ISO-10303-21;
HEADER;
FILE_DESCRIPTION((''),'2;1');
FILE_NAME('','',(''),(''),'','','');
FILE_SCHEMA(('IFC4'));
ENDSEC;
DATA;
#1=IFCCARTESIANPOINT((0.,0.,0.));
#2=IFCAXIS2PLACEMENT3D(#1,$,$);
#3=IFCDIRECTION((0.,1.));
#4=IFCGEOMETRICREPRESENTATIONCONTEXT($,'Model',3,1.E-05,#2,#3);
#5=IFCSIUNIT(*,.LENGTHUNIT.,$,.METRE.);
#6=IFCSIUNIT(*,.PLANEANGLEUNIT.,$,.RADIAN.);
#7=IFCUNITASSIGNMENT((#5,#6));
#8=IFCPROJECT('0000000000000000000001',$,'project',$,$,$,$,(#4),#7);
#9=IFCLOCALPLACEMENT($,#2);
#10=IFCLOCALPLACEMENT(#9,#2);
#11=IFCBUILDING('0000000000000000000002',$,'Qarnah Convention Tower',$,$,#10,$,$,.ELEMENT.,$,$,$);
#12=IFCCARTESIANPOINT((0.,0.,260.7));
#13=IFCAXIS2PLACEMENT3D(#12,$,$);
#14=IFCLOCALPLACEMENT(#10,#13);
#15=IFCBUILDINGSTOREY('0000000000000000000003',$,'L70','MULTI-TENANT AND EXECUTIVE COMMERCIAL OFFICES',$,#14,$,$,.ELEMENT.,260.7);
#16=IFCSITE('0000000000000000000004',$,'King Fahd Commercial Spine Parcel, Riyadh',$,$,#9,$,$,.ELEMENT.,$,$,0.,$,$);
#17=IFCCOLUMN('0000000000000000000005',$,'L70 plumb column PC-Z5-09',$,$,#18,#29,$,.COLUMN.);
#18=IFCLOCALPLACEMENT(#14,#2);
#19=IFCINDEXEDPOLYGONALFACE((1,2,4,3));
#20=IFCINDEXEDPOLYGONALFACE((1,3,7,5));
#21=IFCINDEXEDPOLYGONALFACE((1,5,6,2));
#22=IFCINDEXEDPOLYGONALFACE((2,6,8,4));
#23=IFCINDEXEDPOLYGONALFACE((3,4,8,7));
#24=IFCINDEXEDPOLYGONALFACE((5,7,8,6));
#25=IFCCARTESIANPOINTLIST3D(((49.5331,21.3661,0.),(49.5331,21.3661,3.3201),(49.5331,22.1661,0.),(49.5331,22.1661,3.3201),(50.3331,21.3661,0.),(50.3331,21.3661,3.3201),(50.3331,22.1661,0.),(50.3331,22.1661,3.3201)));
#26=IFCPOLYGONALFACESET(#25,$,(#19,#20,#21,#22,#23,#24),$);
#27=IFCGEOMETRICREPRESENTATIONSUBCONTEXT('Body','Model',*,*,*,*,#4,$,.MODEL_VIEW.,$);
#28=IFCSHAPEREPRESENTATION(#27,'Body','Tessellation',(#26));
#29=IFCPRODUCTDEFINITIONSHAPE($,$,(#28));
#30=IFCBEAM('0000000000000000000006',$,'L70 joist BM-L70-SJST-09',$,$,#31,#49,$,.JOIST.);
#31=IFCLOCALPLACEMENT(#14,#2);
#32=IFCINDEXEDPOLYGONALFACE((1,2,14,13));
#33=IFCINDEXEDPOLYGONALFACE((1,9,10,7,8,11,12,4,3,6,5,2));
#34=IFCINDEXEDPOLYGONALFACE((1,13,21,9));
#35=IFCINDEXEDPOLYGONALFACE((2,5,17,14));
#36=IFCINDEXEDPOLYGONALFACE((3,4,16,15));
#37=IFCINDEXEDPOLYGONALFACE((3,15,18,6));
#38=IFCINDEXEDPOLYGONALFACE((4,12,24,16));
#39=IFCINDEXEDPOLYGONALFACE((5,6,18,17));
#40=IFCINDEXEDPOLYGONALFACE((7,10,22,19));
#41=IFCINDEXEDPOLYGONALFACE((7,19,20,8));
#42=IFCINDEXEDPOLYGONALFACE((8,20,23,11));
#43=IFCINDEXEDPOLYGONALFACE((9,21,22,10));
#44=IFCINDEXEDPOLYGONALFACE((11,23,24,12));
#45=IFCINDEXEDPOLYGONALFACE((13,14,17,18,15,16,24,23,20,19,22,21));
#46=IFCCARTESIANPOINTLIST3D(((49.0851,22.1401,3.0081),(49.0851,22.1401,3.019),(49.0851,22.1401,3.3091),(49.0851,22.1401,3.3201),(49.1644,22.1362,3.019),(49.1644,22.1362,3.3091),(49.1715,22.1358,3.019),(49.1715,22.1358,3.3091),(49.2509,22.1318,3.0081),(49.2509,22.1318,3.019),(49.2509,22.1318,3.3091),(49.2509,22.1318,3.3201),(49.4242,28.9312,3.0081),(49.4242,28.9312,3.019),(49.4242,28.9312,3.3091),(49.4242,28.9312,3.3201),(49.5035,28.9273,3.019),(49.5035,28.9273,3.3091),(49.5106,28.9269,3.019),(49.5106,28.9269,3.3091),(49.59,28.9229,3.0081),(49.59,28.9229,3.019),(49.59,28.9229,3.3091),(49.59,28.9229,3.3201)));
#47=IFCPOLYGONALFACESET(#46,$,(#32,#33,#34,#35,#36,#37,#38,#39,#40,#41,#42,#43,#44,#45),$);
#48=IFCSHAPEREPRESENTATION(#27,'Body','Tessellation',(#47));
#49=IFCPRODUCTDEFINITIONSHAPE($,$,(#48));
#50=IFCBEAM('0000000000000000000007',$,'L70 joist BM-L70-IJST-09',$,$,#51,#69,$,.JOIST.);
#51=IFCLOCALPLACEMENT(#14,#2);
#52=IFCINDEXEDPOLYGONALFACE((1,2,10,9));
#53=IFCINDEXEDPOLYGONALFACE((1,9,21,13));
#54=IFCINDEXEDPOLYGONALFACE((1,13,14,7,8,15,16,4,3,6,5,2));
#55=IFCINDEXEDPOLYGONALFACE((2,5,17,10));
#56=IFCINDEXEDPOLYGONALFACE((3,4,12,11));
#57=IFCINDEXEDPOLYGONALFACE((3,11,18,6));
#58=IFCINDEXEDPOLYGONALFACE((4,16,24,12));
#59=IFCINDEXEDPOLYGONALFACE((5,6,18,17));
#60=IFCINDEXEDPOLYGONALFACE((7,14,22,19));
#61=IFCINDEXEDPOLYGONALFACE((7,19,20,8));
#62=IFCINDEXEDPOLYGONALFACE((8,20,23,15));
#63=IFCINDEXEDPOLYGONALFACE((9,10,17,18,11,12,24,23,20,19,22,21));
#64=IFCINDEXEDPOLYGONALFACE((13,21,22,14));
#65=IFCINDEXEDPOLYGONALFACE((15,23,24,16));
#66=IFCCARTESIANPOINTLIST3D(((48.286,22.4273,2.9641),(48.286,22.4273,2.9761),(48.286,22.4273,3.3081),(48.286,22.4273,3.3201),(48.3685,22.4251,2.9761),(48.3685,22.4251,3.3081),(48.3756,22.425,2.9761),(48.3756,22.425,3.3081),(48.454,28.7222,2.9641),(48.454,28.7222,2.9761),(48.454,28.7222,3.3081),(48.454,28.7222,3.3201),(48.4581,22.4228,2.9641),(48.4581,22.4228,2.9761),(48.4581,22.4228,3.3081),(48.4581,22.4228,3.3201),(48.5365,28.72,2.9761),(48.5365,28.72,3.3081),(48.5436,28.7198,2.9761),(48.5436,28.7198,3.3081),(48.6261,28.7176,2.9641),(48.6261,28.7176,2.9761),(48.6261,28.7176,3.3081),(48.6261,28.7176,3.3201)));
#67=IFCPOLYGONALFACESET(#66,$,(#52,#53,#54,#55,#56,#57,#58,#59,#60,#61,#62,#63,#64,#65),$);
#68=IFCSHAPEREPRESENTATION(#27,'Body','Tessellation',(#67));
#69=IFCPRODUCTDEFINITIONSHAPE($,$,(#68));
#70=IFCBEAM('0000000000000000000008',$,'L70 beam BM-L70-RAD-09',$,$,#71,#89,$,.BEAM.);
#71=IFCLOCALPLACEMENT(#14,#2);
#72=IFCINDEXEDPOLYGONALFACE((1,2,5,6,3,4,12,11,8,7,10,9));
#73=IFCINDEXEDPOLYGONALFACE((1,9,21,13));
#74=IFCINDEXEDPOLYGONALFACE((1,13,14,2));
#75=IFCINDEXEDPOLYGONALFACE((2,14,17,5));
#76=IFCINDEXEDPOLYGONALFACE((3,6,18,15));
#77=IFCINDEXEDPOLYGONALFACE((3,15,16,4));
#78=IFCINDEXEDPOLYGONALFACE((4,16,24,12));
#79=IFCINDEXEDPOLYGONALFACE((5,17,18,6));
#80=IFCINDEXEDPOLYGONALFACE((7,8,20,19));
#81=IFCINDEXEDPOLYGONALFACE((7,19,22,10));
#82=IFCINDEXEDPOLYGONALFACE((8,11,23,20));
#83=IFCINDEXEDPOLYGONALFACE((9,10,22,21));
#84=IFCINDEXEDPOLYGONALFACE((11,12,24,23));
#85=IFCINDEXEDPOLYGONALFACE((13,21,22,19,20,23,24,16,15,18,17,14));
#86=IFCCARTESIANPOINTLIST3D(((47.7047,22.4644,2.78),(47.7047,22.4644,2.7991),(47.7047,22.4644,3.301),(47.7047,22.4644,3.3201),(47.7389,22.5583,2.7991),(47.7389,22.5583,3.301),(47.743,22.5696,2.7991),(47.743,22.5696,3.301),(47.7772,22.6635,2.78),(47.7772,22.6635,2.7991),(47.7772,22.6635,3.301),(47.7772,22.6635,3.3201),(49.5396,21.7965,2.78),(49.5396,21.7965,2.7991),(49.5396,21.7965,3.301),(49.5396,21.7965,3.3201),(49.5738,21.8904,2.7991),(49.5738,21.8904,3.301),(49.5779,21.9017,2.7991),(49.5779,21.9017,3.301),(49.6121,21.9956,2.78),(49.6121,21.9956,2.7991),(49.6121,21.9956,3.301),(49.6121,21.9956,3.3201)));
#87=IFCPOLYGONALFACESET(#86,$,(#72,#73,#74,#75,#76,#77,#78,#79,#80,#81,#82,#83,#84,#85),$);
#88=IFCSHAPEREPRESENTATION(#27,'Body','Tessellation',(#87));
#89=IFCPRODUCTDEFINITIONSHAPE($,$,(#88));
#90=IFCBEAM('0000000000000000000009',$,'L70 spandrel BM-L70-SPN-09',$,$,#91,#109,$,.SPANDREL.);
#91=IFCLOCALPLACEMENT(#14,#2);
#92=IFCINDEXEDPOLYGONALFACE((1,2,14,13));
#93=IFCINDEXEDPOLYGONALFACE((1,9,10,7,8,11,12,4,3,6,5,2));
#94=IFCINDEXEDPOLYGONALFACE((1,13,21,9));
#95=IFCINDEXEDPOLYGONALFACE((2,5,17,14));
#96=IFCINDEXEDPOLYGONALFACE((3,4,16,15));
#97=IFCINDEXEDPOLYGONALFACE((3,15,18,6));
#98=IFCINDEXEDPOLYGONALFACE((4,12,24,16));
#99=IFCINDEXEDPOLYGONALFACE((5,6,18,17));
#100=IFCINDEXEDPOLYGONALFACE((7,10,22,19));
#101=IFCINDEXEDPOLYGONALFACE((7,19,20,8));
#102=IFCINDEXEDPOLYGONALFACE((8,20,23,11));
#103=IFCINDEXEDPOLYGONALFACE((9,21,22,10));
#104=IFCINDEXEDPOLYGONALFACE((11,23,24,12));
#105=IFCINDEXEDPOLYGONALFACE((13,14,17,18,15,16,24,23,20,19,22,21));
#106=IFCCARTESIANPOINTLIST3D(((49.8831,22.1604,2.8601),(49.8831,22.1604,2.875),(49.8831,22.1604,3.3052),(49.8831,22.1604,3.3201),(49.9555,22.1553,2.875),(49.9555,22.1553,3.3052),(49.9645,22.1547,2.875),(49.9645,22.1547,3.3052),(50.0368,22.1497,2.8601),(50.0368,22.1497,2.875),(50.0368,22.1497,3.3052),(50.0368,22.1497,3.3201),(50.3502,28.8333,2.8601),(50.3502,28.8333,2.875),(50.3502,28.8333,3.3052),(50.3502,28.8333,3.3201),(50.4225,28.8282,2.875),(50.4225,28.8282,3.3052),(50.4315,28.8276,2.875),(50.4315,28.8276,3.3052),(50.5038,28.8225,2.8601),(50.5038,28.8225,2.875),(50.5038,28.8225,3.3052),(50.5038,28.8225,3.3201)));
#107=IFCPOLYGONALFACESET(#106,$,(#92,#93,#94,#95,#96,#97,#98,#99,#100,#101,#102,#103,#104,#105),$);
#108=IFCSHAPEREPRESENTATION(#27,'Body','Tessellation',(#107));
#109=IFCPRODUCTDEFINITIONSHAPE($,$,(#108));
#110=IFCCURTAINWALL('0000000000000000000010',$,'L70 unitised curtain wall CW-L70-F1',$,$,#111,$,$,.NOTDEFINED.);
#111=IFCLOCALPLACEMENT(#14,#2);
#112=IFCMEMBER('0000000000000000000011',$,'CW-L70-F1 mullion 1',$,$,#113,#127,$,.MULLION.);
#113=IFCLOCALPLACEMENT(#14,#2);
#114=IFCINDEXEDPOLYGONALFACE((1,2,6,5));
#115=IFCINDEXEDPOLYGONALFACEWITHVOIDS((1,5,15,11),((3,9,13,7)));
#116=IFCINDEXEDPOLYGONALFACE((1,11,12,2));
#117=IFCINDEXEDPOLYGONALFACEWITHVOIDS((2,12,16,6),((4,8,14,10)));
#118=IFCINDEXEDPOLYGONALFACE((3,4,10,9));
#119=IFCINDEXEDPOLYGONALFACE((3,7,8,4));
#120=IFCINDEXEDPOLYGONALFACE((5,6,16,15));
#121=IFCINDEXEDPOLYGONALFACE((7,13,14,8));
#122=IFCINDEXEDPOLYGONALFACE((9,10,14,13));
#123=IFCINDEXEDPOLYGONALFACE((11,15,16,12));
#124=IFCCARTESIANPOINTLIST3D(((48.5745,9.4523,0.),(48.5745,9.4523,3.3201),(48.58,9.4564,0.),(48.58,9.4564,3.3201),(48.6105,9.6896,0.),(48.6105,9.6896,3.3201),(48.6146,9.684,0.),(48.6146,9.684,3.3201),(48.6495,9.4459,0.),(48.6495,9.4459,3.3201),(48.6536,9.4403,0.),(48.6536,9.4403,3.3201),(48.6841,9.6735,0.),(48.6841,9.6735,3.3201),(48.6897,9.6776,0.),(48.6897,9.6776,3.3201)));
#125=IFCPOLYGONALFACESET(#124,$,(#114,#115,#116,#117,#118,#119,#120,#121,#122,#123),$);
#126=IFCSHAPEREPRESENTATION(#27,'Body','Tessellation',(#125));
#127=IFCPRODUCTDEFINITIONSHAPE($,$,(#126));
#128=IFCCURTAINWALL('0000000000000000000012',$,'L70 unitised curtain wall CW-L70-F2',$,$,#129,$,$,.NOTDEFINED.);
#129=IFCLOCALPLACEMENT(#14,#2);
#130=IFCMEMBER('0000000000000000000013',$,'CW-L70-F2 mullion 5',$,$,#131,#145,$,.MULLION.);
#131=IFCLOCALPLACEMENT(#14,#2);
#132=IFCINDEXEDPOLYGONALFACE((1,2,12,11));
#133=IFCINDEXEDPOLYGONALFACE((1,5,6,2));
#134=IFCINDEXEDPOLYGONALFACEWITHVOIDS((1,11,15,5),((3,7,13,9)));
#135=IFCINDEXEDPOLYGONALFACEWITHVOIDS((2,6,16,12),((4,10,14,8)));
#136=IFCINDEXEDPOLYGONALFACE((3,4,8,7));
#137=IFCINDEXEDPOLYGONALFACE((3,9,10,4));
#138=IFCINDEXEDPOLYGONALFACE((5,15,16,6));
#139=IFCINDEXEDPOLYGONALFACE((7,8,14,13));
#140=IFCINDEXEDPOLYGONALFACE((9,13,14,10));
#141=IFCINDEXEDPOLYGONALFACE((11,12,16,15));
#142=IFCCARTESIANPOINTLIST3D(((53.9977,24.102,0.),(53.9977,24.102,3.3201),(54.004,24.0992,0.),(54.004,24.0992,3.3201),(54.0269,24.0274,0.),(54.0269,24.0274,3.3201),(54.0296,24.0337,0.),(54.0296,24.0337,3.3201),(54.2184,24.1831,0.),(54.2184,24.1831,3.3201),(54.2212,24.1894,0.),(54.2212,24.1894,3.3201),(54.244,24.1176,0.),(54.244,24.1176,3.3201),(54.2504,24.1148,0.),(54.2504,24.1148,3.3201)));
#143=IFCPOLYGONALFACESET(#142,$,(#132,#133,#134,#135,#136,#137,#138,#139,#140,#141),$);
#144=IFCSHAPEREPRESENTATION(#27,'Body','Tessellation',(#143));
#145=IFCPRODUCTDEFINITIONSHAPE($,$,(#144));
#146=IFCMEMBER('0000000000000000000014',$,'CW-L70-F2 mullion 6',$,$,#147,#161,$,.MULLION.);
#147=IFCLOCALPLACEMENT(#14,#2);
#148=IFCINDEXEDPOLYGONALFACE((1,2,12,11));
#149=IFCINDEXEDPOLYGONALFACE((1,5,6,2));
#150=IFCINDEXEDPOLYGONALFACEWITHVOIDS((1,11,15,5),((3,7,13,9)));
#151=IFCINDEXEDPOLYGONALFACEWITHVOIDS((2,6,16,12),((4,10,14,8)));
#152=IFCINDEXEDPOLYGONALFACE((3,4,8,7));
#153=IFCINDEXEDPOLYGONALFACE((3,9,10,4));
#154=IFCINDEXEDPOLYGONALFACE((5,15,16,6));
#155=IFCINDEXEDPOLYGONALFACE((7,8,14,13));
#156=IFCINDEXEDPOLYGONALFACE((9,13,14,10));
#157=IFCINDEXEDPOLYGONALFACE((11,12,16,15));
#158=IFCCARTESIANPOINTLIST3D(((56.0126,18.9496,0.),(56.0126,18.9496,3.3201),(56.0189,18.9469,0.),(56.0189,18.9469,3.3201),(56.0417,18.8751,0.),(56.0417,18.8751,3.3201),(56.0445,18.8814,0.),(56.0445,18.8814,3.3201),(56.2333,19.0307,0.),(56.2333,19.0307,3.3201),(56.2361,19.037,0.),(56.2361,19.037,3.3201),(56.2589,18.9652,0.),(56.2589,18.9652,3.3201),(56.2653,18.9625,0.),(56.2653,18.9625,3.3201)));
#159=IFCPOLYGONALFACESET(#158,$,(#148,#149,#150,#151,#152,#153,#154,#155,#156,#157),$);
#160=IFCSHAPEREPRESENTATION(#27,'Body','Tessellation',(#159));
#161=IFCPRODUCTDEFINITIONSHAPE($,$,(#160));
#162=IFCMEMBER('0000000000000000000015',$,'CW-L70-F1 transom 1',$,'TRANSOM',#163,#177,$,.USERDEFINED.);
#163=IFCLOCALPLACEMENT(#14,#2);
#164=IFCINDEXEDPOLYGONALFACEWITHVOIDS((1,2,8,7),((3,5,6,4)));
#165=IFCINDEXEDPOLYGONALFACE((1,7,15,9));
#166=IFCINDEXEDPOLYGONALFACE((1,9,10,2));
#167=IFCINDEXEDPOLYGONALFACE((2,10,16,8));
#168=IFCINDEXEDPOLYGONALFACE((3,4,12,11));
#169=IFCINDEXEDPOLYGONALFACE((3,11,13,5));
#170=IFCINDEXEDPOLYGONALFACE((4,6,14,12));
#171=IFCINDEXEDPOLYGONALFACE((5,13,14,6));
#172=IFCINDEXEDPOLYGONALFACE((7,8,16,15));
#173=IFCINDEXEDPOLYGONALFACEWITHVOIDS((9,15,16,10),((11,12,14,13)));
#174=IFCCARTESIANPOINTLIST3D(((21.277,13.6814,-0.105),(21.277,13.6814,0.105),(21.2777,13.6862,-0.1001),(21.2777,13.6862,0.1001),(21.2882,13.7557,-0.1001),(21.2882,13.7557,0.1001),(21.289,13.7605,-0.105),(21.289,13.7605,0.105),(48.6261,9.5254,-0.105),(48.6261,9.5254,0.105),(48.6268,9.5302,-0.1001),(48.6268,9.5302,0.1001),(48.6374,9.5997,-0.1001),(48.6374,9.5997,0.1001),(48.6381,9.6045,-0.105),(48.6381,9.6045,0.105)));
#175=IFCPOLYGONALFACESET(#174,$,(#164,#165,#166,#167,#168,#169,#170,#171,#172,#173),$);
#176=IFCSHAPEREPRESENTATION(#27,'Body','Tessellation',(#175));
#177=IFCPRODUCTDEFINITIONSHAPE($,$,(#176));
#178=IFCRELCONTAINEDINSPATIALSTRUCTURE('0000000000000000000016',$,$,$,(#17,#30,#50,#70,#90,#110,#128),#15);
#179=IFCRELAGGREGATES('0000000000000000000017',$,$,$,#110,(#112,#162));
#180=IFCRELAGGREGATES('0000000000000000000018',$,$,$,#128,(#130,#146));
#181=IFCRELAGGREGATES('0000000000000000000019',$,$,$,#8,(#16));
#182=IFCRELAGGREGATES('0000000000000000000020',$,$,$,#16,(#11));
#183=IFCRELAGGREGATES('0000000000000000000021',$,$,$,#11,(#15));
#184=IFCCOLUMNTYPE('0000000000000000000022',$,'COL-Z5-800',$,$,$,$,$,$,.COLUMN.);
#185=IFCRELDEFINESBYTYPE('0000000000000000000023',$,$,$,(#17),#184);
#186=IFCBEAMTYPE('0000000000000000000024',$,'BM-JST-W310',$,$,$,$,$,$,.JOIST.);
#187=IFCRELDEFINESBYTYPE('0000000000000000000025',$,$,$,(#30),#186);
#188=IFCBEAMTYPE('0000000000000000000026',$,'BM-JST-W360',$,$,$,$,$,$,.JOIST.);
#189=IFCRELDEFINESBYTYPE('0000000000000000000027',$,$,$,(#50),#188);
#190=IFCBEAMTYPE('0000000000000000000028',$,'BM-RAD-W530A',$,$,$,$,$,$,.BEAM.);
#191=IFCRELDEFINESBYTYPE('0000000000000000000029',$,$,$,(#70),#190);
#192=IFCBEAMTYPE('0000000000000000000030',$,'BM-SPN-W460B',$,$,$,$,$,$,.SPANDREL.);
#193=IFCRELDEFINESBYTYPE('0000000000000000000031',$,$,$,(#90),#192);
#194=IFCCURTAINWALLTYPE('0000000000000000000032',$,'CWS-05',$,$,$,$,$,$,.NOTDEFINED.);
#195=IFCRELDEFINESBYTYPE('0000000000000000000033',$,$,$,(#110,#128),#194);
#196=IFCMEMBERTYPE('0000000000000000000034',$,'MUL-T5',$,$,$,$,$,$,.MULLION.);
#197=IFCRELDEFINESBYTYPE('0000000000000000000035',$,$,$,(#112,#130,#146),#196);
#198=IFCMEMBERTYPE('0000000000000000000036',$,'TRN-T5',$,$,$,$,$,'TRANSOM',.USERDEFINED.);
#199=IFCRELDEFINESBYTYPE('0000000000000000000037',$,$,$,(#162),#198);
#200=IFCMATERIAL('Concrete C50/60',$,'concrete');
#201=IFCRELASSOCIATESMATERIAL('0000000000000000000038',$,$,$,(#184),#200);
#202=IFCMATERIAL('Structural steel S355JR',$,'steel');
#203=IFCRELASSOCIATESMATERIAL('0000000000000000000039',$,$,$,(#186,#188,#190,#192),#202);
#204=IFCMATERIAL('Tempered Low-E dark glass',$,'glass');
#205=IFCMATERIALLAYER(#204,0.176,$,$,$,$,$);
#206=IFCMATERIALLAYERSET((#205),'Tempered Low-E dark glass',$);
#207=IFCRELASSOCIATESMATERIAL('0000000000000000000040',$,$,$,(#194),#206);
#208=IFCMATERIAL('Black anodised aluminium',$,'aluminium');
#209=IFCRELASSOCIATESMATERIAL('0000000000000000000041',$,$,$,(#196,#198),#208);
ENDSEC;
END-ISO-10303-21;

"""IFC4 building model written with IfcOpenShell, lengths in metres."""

from ifc_helpers import new_model, si_unit, direction, frame, origin, origin_2d, place, context, subcontext, project, spatial, rectangle, hollow_rectangle, i_section, extrude, material, layer, layer_set, material_profile, profile_set, type_object, element, aggregate, save


model = new_model("IFC4")

# Units and contexts
model_context = context("Model", 3, precision=1e-05, world=origin(), true_north=direction((0.0, 1.0)))
body_context = subcontext(model_context, "Body", "Model", "MODEL_VIEW")
ifc_project = project(units=[si_unit("LENGTHUNIT", "METRE"), si_unit("PLANEANGLEUNIT", "RADIAN")], contexts=[model_context])

# Site, building, storey
site_placement = place(None, origin())
site = spatial("IfcSite", under=ifc_project, at=site_placement, Name="King Fahd Commercial Spine Parcel, Riyadh", CompositionType="ELEMENT", RefElevation=0.0)
building_placement = place(site_placement, origin())
building = spatial("IfcBuilding", under=site, at=building_placement, Name="Qarnah Convention Tower", CompositionType="ELEMENT")
storey_placement = place(building_placement, frame((0.0, 0.0, 260.7)))
storey = spatial("IfcBuildingStorey", under=building, at=storey_placement, Name="L70", Description="MULTI-TENANT AND EXECUTIVE COMMERCIAL OFFICES", CompositionType="ELEMENT", Elevation=260.7)

# Column
ifc_material_1 = material(Name="Concrete C50/60", Category="concrete")
ifc_material_profile_1 = material_profile(ifc_material_1, rectangle(XDim=0.8, YDim=0.8, at=origin_2d()), Name="RC-COL-800X800")
ifc_profile_set_1 = profile_set([ifc_material_profile_1], Name="Concrete C50/60")
column_type = type_object("IfcColumnType", Name="COL-Z5-800", PredefinedType="COLUMN", material=ifc_profile_set_1)
column_placement = place(storey_placement, frame((49.9331, 21.7661, 0.0), z_axis=(0.0, 0.0, 1.0), x_axis=(1.0, 0.0, 0.0)))
element("IfcColumn", 1, at=column_placement, inside=storey, type_object=column_type, Name="L70 plumb column PC-Z5-09", PredefinedType="COLUMN", context=body_context, shape_type="SweptSolid", body=[
    extrude(rectangle(XDim=0.8, YDim=0.8, at=origin_2d()), origin(), (0.0, 0.0, 1.0), 3.3201),
])

# Beams
ifc_material_2 = material(Name="Structural steel S355JR", Category="steel")
ifc_material_profile_2 = material_profile(ifc_material_2, i_section(OverallWidth=0.166, OverallDepth=0.312, WebThickness=0.0071, FlangeThickness=0.011, at=origin_2d()), Name="W310X45")
ifc_profile_set_2 = profile_set([ifc_material_profile_2], Name="Structural steel S355JR")
beam_type_1 = type_object("IfcBeamType", Name="BM-JST-W310", PredefinedType="JOIST", material=ifc_profile_set_2)
beam_1_placement = place(storey_placement, frame((49.168, 22.136, 3.1641), z_axis=(0.049873, 0.998756, 0.0), x_axis=(-0.998756, 0.049873, 0.0)))
element("IfcBeam", 2, at=beam_1_placement, inside=storey, type_object=beam_type_1, Name="L70 joist BM-L70-SJST-09", PredefinedType="JOIST", context=body_context, shape_type="SweptSolid", body=[
    extrude(i_section(OverallWidth=0.166, OverallDepth=0.312, WebThickness=0.0071, FlangeThickness=0.011, at=origin_2d()), origin(), (0.0, 0.0, 1.0), 6.7996),
])
ifc_material_profile_3 = material_profile(ifc_material_2, i_section(OverallWidth=0.1721, OverallDepth=0.356, WebThickness=0.0071, FlangeThickness=0.012, at=origin_2d()), Name="W360X51")
ifc_profile_set_3 = profile_set([ifc_material_profile_3], Name="Structural steel S355JR")
beam_type_2 = type_object("IfcBeamType", Name="BM-JST-W360", PredefinedType="JOIST", material=ifc_profile_set_3)
beam_2_placement = place(storey_placement, frame((48.3721, 22.425, 3.1421), z_axis=(0.026674, 0.999644, 0.0), x_axis=(-0.999644, 0.026674, 0.0)))
element("IfcBeam", 3, at=beam_2_placement, inside=storey, type_object=beam_type_2, Name="L70 joist BM-L70-IJST-09", PredefinedType="JOIST", context=body_context, shape_type="SweptSolid", body=[
    extrude(i_section(OverallWidth=0.1721, OverallDepth=0.356, WebThickness=0.0071, FlangeThickness=0.012, at=origin_2d()), origin(), (0.0, 0.0, 1.0), 6.2971),
])
ifc_material_profile_4 = material_profile(ifc_material_2, i_section(OverallWidth=0.2119, OverallDepth=0.54, WebThickness=0.012, FlangeThickness=0.019, at=origin_2d()), Name="W530X109")
ifc_profile_set_4 = profile_set([ifc_material_profile_4], Name="Structural steel S355JR")
beam_type_3 = type_object("IfcBeamType", Name="BM-RAD-W530A", PredefinedType="BEAM", material=ifc_profile_set_4)
beam_3_placement = place(storey_placement, frame((47.741, 22.564, 3.05), z_axis=(0.939677, -0.342064, 0.0), x_axis=(0.342064, 0.939677, 0.0)))
element("IfcBeam", 4, at=beam_3_placement, inside=storey, type_object=beam_type_3, Name="L70 beam BM-L70-RAD-09", PredefinedType="BEAM", context=body_context, shape_type="SweptSolid", body=[
    extrude(i_section(OverallWidth=0.2119, OverallDepth=0.54, WebThickness=0.012, FlangeThickness=0.019, at=origin_2d()), origin(), (0.0, 0.0, 1.0), 1.9526),
])
ifc_material_profile_5 = material_profile(ifc_material_2, i_section(OverallWidth=0.1541, OverallDepth=0.46, WebThickness=0.009, FlangeThickness=0.0149, at=origin_2d()), Name="W460X68")
ifc_profile_set_5 = profile_set([ifc_material_profile_5], Name="Structural steel S355JR")
beam_type_4 = type_object("IfcBeamType", Name="BM-SPN-W460B", PredefinedType="SPANDREL", material=ifc_profile_set_5)
beam_4_placement = place(storey_placement, frame((49.96, 22.155, 3.0901), z_axis=(0.06982, 0.99756, 0.0), x_axis=(-0.99756, 0.06982, 0.0)))
element("IfcBeam", 5, at=beam_4_placement, inside=storey, type_object=beam_type_4, Name="L70 spandrel BM-L70-SPN-09", PredefinedType="SPANDREL", context=body_context, shape_type="SweptSolid", body=[
    extrude(i_section(OverallWidth=0.1541, OverallDepth=0.46, WebThickness=0.009, FlangeThickness=0.0149, at=origin_2d()), origin(), (0.0, 0.0, 1.0), 6.6892),
])

# Curtain wall, member
ifc_material_3 = material(Name="Tempered Low-E dark glass", Category="glass")
ifc_layer_1 = layer(ifc_material_3, 0.176)
ifc_layer_set_1 = layer_set([ifc_layer_1], Name="Tempered Low-E dark glass")
curtain_wall_type = type_object("IfcCurtainWallType", Name="CWS-05", PredefinedType="NOTDEFINED", material=ifc_layer_set_1)
curtain_wall_1_placement = place(storey_placement, origin())
curtain_wall_1 = element("IfcCurtainWall", 6, at=curtain_wall_1_placement, inside=storey, type_object=curtain_wall_type, Name="L70 unitised curtain wall CW-L70-F1", PredefinedType="NOTDEFINED")
ifc_material_4 = material(Name="Black anodised aluminium", Category="aluminium")
ifc_material_profile_6 = material_profile(ifc_material_4, hollow_rectangle(XDim=0.0801, YDim=0.24, WallThickness=0.0049, at=origin_2d()), Name="MUL-80X240")
ifc_profile_set_6 = profile_set([ifc_material_profile_6], Name="Black anodised aluminium")
member_type_1 = type_object("IfcMemberType", Name="MUL-T5", PredefinedType="MULLION", material=ifc_profile_set_6)
member_1_placement = place(storey_placement, frame((48.6321, 9.5649, 0.0), z_axis=(0.0, 0.0, 1.0), x_axis=(-0.98865, 0.150237, 0.0)))
member_1 = element("IfcMember", 7, at=member_1_placement, type_object=member_type_1, Name="CW-L70-F1 mullion 1", PredefinedType="MULLION", context=body_context, shape_type="SweptSolid", body=[
    extrude(hollow_rectangle(XDim=0.0801, YDim=0.24, WallThickness=0.0049, at=origin_2d()), origin(), (0.0, 0.0, 1.0), 3.3201),
])

# Curtain wall, members
curtain_wall_2_placement = place(storey_placement, origin())
curtain_wall_2 = element("IfcCurtainWall", 8, at=curtain_wall_2_placement, inside=storey, type_object=curtain_wall_type, Name="L70 unitised curtain wall CW-L70-F2", PredefinedType="NOTDEFINED")
member_2_placement = place(storey_placement, frame((54.124, 24.1084, 0.0), z_axis=(0.0, 0.0, 1.0), x_axis=(0.364218, -0.931314, 0.0)))
member_2 = element("IfcMember", 9, at=member_2_placement, type_object=member_type_1, Name="CW-L70-F2 mullion 5", PredefinedType="MULLION", context=body_context, shape_type="SweptSolid", body=[
    extrude(hollow_rectangle(XDim=0.0801, YDim=0.24, WallThickness=0.0049, at=origin_2d()), origin(), (0.0, 0.0, 1.0), 3.3201),
])
member_3_placement = place(storey_placement, frame((56.1389, 18.9561, 0.0), z_axis=(0.0, 0.0, 1.0), x_axis=(0.364218, -0.931314, 0.0)))
member_3 = element("IfcMember", 10, at=member_3_placement, type_object=member_type_1, Name="CW-L70-F2 mullion 6", PredefinedType="MULLION", context=body_context, shape_type="SweptSolid", body=[
    extrude(hollow_rectangle(XDim=0.0801, YDim=0.24, WallThickness=0.0049, at=origin_2d()), origin(), (0.0, 0.0, 1.0), 3.3201),
])

# Member
ifc_material_profile_7 = material_profile(ifc_material_4, hollow_rectangle(XDim=0.0801, YDim=0.21, WallThickness=0.0049, at=origin_2d()), Name="TRN-80X210")
ifc_profile_set_7 = profile_set([ifc_material_profile_7], Name="Black anodised aluminium")
member_type_2 = type_object("IfcMemberType", Name="TRN-T5", ElementType="TRANSOM", PredefinedType="USERDEFINED", material=ifc_profile_set_7)
member_4_placement = place(storey_placement, frame((48.6321, 9.5649, 0.0), z_axis=(-0.98865, 0.150236, 0.0), x_axis=(-0.150236, -0.98865, 0.0)))
member_4 = element("IfcMember", 11, at=member_4_placement, type_object=member_type_2, Name="CW-L70-F1 transom 1", ObjectType="TRANSOM", PredefinedType="USERDEFINED", context=body_context, shape_type="SweptSolid", body=[
    extrude(hollow_rectangle(XDim=0.0801, YDim=0.21, WallThickness=0.0049, at=origin_2d()), origin(), (0.0, 0.0, 1.0), 27.6631),
])

aggregate(curtain_wall_1, [member_1, member_4])
aggregate(curtain_wall_2, [member_2, member_3])

save(model, "model.ifc")
